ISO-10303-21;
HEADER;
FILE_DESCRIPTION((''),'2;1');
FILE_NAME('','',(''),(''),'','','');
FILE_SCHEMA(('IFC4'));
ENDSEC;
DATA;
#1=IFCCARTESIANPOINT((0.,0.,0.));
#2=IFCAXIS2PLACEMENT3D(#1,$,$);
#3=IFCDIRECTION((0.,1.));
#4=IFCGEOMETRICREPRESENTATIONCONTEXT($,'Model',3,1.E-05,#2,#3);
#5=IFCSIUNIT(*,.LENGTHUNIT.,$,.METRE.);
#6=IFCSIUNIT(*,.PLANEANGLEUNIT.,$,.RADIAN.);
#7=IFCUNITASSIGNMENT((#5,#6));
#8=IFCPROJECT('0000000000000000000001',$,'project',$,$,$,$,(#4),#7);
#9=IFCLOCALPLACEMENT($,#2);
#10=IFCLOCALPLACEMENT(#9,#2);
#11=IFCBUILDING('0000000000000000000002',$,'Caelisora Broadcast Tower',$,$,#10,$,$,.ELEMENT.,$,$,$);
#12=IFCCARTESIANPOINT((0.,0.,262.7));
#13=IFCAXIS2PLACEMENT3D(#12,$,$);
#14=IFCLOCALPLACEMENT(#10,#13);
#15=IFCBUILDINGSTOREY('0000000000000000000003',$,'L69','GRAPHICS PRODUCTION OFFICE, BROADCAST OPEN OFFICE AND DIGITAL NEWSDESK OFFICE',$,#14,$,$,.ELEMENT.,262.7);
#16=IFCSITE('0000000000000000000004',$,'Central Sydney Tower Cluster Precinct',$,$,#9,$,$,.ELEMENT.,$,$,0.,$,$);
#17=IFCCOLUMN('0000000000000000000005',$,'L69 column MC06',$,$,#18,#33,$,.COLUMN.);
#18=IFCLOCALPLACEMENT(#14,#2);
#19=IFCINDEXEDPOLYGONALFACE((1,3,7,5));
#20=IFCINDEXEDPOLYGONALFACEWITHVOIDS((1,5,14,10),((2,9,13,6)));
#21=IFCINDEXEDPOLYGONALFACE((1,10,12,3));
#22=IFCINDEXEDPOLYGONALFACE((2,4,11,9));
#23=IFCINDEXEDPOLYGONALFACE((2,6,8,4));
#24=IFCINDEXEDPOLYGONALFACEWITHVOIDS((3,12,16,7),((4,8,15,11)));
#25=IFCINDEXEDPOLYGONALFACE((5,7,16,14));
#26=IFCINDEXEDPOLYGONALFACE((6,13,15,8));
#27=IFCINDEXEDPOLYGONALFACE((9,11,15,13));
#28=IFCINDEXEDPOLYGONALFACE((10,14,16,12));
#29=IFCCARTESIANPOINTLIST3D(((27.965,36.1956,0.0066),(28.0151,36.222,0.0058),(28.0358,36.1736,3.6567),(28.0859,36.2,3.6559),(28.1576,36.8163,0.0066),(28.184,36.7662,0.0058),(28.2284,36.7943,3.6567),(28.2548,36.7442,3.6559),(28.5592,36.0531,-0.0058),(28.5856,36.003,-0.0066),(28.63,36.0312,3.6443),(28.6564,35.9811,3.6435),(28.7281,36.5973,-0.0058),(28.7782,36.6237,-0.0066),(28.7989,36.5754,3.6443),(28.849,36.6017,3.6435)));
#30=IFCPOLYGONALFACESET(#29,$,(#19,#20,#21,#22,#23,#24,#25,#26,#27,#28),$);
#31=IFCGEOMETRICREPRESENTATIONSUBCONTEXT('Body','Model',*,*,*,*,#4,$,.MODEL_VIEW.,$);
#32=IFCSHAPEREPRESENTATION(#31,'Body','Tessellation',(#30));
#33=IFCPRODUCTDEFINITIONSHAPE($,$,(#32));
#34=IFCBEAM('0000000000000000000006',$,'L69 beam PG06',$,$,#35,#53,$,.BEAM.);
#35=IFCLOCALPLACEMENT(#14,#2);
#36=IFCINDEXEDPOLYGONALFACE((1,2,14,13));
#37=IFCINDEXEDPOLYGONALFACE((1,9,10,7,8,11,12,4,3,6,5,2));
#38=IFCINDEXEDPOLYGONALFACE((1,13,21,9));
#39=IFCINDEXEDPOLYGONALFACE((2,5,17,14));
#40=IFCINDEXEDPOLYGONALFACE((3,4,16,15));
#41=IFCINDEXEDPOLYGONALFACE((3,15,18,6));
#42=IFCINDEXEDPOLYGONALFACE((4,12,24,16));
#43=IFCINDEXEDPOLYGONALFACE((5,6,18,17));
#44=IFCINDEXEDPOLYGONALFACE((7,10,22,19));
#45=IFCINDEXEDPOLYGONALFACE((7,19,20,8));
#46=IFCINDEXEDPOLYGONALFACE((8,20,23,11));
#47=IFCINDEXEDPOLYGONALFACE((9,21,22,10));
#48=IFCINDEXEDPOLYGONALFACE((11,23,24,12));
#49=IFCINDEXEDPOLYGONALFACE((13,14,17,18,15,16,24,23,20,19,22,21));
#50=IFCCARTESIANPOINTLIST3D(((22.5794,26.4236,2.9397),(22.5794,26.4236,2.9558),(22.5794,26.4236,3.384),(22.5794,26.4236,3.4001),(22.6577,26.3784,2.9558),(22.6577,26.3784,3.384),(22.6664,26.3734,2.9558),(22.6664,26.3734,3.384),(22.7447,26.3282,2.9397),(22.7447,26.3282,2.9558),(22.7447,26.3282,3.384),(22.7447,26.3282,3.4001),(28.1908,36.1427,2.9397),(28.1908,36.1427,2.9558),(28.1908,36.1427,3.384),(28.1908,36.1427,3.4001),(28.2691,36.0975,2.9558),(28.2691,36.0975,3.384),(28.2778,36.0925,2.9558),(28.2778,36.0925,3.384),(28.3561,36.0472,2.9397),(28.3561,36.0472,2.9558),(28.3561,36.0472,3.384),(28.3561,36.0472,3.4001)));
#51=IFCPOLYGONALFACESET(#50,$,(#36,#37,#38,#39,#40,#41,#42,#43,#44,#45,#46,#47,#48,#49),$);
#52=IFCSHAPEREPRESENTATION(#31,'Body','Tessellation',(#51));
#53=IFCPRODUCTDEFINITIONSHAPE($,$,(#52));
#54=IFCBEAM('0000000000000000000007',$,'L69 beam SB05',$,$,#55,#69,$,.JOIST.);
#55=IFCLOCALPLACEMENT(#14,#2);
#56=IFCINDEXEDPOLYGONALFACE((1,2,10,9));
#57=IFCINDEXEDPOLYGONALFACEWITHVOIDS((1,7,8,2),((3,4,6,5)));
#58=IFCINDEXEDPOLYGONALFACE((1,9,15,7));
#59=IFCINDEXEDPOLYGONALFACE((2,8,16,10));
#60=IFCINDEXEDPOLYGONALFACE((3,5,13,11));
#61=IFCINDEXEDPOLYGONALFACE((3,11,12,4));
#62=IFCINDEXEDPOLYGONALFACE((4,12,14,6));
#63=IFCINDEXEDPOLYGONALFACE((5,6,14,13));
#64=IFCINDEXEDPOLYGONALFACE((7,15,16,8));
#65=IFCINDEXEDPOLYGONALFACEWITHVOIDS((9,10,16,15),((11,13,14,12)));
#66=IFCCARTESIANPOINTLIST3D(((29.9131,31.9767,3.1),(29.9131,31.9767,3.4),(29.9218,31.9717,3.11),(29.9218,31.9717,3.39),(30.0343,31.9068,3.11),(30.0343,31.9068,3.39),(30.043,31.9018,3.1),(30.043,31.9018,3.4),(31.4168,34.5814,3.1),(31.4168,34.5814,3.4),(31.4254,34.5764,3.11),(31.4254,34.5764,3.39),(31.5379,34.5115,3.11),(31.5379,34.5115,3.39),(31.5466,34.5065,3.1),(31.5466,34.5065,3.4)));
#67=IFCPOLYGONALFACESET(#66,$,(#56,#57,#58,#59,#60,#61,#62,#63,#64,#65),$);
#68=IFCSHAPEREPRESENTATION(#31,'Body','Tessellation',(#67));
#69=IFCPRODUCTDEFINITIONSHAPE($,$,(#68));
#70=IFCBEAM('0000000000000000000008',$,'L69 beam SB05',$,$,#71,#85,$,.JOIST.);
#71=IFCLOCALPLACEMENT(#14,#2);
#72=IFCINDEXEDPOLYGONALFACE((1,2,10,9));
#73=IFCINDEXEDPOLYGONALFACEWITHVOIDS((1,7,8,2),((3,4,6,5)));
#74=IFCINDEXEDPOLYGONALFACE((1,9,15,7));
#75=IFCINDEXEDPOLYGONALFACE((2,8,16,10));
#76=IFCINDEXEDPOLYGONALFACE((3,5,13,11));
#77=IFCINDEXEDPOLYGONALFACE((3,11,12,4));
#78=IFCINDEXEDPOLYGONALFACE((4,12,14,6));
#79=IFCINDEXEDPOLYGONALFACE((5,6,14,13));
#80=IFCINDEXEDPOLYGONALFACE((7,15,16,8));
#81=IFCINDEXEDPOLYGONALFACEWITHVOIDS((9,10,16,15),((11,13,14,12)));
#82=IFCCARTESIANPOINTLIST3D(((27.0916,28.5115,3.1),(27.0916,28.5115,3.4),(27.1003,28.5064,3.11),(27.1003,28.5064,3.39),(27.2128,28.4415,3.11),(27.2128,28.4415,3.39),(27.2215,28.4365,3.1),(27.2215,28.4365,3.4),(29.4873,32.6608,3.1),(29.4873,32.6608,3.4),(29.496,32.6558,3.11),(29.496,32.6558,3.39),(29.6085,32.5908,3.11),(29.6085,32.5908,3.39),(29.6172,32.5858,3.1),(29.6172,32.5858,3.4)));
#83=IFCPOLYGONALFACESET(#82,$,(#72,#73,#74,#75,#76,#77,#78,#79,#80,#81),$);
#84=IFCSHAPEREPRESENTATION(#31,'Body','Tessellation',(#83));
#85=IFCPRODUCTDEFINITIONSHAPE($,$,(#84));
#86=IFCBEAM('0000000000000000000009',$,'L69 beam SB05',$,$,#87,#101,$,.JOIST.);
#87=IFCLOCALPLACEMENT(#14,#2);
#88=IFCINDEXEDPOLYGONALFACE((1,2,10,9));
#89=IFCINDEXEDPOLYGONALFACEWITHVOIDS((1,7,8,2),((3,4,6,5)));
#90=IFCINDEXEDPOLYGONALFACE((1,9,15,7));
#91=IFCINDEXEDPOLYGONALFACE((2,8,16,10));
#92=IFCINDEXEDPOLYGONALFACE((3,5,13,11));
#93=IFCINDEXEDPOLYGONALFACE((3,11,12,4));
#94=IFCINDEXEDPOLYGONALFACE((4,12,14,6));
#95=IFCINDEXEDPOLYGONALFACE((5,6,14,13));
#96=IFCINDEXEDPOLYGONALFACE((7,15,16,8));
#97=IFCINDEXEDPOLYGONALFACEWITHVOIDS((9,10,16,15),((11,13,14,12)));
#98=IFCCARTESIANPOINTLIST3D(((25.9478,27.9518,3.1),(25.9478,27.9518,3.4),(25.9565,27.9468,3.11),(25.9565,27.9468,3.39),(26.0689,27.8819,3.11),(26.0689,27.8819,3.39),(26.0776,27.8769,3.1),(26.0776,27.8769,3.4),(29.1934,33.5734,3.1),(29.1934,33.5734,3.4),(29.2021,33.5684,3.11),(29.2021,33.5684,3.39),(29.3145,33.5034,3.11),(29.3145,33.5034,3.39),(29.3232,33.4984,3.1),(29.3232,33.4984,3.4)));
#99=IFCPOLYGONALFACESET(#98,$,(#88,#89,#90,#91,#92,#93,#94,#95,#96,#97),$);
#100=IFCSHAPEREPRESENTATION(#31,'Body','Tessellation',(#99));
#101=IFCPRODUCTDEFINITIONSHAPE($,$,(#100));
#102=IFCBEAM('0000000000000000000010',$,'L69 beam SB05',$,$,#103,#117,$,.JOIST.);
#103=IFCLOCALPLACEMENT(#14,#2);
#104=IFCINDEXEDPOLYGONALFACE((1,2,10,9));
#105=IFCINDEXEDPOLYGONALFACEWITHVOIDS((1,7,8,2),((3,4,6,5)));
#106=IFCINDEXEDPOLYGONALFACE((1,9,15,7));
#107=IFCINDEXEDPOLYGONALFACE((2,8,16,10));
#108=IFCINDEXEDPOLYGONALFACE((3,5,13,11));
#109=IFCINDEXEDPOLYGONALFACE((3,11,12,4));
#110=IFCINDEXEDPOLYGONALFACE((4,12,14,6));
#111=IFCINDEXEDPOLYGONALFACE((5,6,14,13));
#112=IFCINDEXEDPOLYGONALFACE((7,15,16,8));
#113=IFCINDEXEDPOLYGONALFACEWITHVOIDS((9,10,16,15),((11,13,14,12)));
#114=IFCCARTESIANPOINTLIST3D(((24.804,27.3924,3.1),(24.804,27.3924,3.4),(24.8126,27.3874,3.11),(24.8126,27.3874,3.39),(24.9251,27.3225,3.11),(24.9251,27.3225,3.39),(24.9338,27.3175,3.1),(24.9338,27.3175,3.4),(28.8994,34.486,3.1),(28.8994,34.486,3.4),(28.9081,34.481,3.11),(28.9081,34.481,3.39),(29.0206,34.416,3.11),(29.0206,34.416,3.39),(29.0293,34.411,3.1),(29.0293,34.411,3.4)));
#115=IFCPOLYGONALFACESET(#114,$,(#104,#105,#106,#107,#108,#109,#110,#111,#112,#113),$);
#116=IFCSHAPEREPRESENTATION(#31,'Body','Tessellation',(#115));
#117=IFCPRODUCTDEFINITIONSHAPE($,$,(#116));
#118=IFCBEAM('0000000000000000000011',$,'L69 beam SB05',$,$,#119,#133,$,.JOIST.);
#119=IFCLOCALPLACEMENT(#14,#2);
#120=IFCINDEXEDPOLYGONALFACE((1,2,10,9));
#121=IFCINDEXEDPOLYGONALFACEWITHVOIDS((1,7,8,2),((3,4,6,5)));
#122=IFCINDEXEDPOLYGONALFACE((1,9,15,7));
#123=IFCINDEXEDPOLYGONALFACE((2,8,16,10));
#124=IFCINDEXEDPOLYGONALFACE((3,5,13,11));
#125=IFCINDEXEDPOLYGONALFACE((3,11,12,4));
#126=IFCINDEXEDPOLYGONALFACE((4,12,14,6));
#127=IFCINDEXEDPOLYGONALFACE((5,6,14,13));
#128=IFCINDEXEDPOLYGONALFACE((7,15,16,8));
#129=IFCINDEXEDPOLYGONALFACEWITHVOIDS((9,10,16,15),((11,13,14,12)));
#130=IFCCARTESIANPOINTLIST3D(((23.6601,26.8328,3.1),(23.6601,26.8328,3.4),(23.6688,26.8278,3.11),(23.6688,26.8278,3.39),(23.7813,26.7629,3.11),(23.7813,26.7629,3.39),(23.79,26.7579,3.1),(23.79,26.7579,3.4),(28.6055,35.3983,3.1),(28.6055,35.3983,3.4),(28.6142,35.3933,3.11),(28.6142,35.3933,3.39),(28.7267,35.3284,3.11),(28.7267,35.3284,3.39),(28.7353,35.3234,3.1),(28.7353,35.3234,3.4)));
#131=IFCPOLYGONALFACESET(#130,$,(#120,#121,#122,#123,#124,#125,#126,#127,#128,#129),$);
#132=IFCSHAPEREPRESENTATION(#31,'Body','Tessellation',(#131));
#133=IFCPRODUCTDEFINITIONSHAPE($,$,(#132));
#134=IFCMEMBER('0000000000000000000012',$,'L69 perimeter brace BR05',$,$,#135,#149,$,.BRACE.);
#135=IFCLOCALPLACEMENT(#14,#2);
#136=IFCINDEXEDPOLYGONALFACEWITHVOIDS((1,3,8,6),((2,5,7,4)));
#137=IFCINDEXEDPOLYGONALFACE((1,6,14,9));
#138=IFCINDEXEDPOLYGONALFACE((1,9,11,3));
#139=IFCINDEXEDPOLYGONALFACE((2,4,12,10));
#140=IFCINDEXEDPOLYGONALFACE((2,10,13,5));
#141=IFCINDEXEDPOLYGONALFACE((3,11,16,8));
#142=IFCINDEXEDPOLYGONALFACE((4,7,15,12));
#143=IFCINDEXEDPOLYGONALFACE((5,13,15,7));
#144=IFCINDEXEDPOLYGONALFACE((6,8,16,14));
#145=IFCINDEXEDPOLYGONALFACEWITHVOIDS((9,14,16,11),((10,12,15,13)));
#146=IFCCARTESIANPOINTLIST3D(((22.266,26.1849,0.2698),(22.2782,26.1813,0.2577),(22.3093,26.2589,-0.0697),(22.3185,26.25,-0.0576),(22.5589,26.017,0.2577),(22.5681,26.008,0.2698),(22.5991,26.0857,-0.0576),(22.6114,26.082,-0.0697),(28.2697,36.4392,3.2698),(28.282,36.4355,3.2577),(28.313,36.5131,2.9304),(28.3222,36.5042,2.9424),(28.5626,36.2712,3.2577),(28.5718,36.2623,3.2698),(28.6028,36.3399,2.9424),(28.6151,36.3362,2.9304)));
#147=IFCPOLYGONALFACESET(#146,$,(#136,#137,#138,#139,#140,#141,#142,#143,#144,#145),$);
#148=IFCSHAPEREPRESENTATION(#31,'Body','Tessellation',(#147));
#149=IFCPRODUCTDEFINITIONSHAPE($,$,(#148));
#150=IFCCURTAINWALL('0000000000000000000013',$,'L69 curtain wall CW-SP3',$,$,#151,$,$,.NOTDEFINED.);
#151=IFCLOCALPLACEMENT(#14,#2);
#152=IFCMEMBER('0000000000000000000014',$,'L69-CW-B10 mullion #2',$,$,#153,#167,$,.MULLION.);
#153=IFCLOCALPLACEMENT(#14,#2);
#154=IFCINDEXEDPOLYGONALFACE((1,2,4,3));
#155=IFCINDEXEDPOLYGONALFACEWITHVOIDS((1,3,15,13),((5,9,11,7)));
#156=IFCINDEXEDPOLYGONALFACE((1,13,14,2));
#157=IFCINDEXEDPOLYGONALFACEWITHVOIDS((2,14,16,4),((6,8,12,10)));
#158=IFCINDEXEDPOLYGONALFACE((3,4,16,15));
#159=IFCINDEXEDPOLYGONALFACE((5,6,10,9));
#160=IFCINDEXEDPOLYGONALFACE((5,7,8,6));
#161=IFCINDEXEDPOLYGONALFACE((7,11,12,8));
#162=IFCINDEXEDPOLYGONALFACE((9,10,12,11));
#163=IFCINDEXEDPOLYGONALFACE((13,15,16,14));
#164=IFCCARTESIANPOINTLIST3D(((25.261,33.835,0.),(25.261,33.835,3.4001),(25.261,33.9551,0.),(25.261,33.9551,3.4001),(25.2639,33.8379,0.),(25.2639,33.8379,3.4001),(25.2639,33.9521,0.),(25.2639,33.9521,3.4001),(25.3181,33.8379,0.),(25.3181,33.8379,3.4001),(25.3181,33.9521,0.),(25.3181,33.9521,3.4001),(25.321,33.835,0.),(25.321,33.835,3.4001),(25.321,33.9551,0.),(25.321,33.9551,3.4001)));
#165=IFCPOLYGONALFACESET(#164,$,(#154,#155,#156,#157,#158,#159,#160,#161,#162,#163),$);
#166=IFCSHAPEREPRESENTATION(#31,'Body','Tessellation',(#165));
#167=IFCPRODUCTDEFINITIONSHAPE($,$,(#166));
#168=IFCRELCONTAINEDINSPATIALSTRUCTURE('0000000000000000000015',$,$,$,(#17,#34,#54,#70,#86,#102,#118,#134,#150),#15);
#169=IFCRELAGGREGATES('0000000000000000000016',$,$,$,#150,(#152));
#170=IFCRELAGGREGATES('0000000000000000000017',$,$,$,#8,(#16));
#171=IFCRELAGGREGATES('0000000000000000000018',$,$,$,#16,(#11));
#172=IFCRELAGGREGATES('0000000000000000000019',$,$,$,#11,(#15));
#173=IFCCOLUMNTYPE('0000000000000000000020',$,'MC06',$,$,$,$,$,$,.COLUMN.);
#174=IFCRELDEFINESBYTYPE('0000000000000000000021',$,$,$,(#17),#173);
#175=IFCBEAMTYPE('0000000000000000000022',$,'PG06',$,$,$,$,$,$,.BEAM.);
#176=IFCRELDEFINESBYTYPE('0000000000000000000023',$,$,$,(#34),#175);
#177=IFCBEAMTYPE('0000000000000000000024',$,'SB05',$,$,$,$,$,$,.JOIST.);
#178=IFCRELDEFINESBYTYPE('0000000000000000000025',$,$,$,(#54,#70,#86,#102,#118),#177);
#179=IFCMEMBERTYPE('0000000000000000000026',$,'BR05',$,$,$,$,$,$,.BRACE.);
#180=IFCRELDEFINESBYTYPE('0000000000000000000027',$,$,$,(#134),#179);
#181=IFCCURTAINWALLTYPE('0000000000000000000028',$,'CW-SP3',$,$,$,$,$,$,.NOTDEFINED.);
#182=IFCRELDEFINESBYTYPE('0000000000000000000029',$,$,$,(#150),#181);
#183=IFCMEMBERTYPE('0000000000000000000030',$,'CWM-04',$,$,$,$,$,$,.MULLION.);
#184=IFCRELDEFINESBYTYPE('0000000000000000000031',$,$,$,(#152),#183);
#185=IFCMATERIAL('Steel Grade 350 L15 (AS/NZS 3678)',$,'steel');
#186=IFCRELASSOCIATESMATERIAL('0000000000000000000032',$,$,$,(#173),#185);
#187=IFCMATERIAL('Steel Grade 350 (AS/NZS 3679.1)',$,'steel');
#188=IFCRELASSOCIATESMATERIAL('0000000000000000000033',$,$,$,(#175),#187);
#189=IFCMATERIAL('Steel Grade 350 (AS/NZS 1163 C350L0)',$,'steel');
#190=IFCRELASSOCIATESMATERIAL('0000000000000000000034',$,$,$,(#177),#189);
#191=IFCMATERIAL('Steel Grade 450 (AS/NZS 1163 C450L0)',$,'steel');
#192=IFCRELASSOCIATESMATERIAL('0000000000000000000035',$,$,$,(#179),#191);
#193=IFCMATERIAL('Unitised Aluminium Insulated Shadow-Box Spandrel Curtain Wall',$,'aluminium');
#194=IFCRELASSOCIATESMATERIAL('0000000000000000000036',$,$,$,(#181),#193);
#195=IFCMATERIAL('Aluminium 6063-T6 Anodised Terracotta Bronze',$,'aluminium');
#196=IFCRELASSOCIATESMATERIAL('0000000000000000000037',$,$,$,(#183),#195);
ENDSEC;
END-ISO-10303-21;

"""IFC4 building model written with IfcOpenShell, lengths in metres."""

from ifc_helpers import new_model, si_unit, direction, frame, origin, origin_2d, place, context, subcontext, project, spatial, hollow_rectangle, i_section, extrude, source, transform, mapped, material, material_profile, profile_set, type_object, type_shapes, element, aggregate, save


model = new_model("IFC4")

# Units and contexts
model_context = context("Model", 3, precision=1e-05, world=origin(), true_north=direction((0.0, 1.0)))
body_context = subcontext(model_context, "Body", "Model", "MODEL_VIEW")
ifc_project = project(units=[si_unit("LENGTHUNIT", "METRE"), si_unit("PLANEANGLEUNIT", "RADIAN")], contexts=[model_context])

# Site, building, storey
site_placement = place(None, origin())
site = spatial("IfcSite", under=ifc_project, at=site_placement, Name="Central Sydney Tower Cluster Precinct", CompositionType="ELEMENT", RefElevation=0.0)
building_placement = place(site_placement, origin())
building = spatial("IfcBuilding", under=site, at=building_placement, Name="Caelisora Broadcast Tower", CompositionType="ELEMENT")
storey_placement = place(building_placement, frame((0.0, 0.0, 262.7)))
storey = spatial("IfcBuildingStorey", under=building, at=storey_placement, Name="L69", Description="GRAPHICS PRODUCTION OFFICE, BROADCAST OPEN OFFICE AND DIGITAL NEWSDESK OFFICE", CompositionType="ELEMENT", Elevation=262.7)

# Column
ifc_material_1 = material(Name="Steel Grade 350 L15 (AS/NZS 3678)", Category="steel")
ifc_material_profile_1 = material_profile(ifc_material_1, hollow_rectangle(XDim=0.6499, YDim=0.6499, WallThickness=0.04, at=origin_2d()), Name="Steel Grade 350 L15 (AS/NZS 3678)")
ifc_profile_set_1 = profile_set([ifc_material_profile_1], Name="Steel Grade 350 L15 (AS/NZS 3678)")
column_type = type_object("IfcColumnType", Name="MC06", PredefinedType="COLUMN", material=ifc_profile_set_1)
shared_shape_1 = source(origin(), body_context, "Body", "SweptSolid", [
    extrude(hollow_rectangle(XDim=0.6499, YDim=0.6499, WallThickness=0.04, at=origin_2d()), origin(), (0.0, 0.0, 1.0), 3.6509),
])
type_shapes(column_type, [shared_shape_1])
column_placement = place(storey_placement, frame((28.3716, 36.4097, 0.0), z_axis=(0.019393, -0.006018, 0.999794), x_axis=(0.296399, 0.955064, 0.0)))
element("IfcColumn", 1, at=column_placement, inside=storey, type_object=column_type, Name="L69 column MC06", PredefinedType="COLUMN", context=body_context, shape_type="MappedRepresentation", body=[
    mapped(shared_shape_1, transform((0.0, 0.0, 0.0), scale=1.0)),
])

# Beams
ifc_material_2 = material(Name="Steel Grade 350 (AS/NZS 3679.1)", Category="steel")
ifc_material_profile_2 = material_profile(ifc_material_2, i_section(OverallWidth=0.1909, OverallDepth=0.4604, WebThickness=0.01, FlangeThickness=0.0161, at=origin_2d()), Name="Steel Grade 350 (AS/NZS 3679.1)")
ifc_profile_set_2 = profile_set([ifc_material_profile_2], Name="Steel Grade 350 (AS/NZS 3679.1)")
beam_type_1 = type_object("IfcBeamType", Name="PG06", PredefinedType="BEAM", material=ifc_profile_set_2)
shared_shape_2 = source(origin(), body_context, "Body", "SweptSolid", [
    extrude(i_section(OverallWidth=0.1909, OverallDepth=0.4604, WebThickness=0.01, FlangeThickness=0.0161, at=origin_2d()), origin(), (0.0, 0.0, 1.0), 11.2227),
])
type_shapes(beam_type_1, [shared_shape_2])
beam_1_placement = place(storey_placement, frame((28.2734, 36.095, 3.1699), z_axis=(-0.500004, -0.866023, 0.0), x_axis=(0.866023, -0.500004, 0.0)))
element("IfcBeam", 2, at=beam_1_placement, inside=storey, type_object=beam_type_1, Name="L69 beam PG06", PredefinedType="BEAM", context=body_context, shape_type="MappedRepresentation", body=[
    mapped(shared_shape_2, transform((0.0, 0.0, 0.0), scale=1.0)),
])
ifc_material_3 = material(Name="Steel Grade 350 (AS/NZS 1163 C350L0)", Category="steel")
ifc_material_profile_3 = material_profile(ifc_material_3, hollow_rectangle(XDim=0.1499, YDim=0.3, WallThickness=0.01, at=origin_2d()), Name="Steel Grade 350 (AS/NZS 1163 C350L0)")
ifc_profile_set_3 = profile_set([ifc_material_profile_3], Name="Steel Grade 350 (AS/NZS 1163 C350L0)")
beam_type_2 = type_object("IfcBeamType", Name="SB05", PredefinedType="JOIST", material=ifc_profile_set_3)
shared_shape_3 = source(origin(), body_context, "Body", "SweptSolid", [
    extrude(hollow_rectangle(XDim=0.1499, YDim=0.3, WallThickness=0.01, at=origin_2d()), origin(), (0.0, 0.0, 1.0), 3.0076),
])
beam_2_placement = place(storey_placement, frame((31.4817, 34.5439, 3.25), z_axis=(-0.499954, -0.866052, 0.0), x_axis=(0.866052, -0.499954, 0.0)))
element("IfcBeam", 3, at=beam_2_placement, inside=storey, type_object=beam_type_2, Name="L69 beam SB05", PredefinedType="JOIST", context=body_context, shape_type="MappedRepresentation", body=[
    mapped(shared_shape_3, transform((0.0, 0.0, 0.0), scale=1.0)),
])
shared_shape_4 = source(origin(), body_context, "Body", "SweptSolid", [
    extrude(hollow_rectangle(XDim=0.1499, YDim=0.3, WallThickness=0.01, at=origin_2d()), origin(), (0.0, 0.0, 1.0), 4.7913),
])
beam_3_placement = place(storey_placement, frame((29.5522, 32.6233, 3.25), z_axis=(-0.500014, -0.866018, 0.0), x_axis=(0.866018, -0.500014, 0.0)))
element("IfcBeam", 4, at=beam_3_placement, inside=storey, type_object=beam_type_2, Name="L69 beam SB05", PredefinedType="JOIST", context=body_context, shape_type="MappedRepresentation", body=[
    mapped(shared_shape_4, transform((0.0, 0.0, 0.0), scale=1.0)),
])
shared_shape_5 = source(origin(), body_context, "Body", "SweptSolid", [
    extrude(hollow_rectangle(XDim=0.1499, YDim=0.3, WallThickness=0.01, at=origin_2d()), origin(), (0.0, 0.0, 1.0), 6.4912),
])
beam_4_placement = place(storey_placement, frame((29.2583, 33.5359, 3.25), z_axis=(-0.499998, -0.866026, 0.0), x_axis=(0.866026, -0.499998, 0.0)))
element("IfcBeam", 5, at=beam_4_placement, inside=storey, type_object=beam_type_2, Name="L69 beam SB05", PredefinedType="JOIST", context=body_context, shape_type="MappedRepresentation", body=[
    mapped(shared_shape_5, transform((0.0, 0.0, 0.0), scale=1.0)),
])
shared_shape_6 = source(origin(), body_context, "Body", "SweptSolid", [
    extrude(hollow_rectangle(XDim=0.1499, YDim=0.3, WallThickness=0.01, at=origin_2d()), origin(), (0.0, 0.0, 1.0), 8.1909),
])
beam_5_placement = place(storey_placement, frame((28.9644, 34.4485, 3.25), z_axis=(-0.500002, -0.866024, 0.0), x_axis=(0.866024, -0.500002, 0.0)))
element("IfcBeam", 6, at=beam_5_placement, inside=storey, type_object=beam_type_2, Name="L69 beam SB05", PredefinedType="JOIST", context=body_context, shape_type="MappedRepresentation", body=[
    mapped(shared_shape_6, transform((0.0, 0.0, 0.0), scale=1.0)),
])
shared_shape_7 = source(origin(), body_context, "Body", "SweptSolid", [
    extrude(hollow_rectangle(XDim=0.1499, YDim=0.3, WallThickness=0.01, at=origin_2d()), origin(), (0.0, 0.0, 1.0), 9.8906),
])
type_shapes(beam_type_2, [shared_shape_3, shared_shape_4, shared_shape_5, shared_shape_6, shared_shape_7])
beam_6_placement = place(storey_placement, frame((28.6704, 35.3608, 3.25), z_axis=(-0.500005, -0.866023, 0.0), x_axis=(0.866023, -0.500005, 0.0)))
element("IfcBeam", 7, at=beam_6_placement, inside=storey, type_object=beam_type_2, Name="L69 beam SB05", PredefinedType="JOIST", context=body_context, shape_type="MappedRepresentation", body=[
    mapped(shared_shape_7, transform((0.0, 0.0, 0.0), scale=1.0)),
])

# Member
ifc_material_4 = material(Name="Steel Grade 450 (AS/NZS 1163 C450L0)", Category="steel")
ifc_material_profile_4 = material_profile(ifc_material_4, hollow_rectangle(XDim=0.3501, YDim=0.3501, WallThickness=0.0125, at=origin_2d()), Name="Steel Grade 450 (AS/NZS 1163 C450L0)")
ifc_profile_set_4 = profile_set([ifc_material_profile_4], Name="Steel Grade 450 (AS/NZS 1163 C450L0)")
member_type_1 = type_object("IfcMemberType", Name="BR05", PredefinedType="BRACE", material=ifc_profile_set_4)
shared_shape_8 = source(origin(), body_context, "Body", "SweptSolid", [
    extrude(hollow_rectangle(XDim=0.3501, YDim=0.3501, WallThickness=0.0125, at=origin_2d()), origin(), (0.0, 0.0, 1.0), 12.2554),
])
type_shapes(member_type_1, [shared_shape_8])
member_1_placement = place(storey_placement, frame((28.4424, 36.3877, 3.1001), z_axis=(-0.489884, -0.836714, -0.244793), x_axis=(0.862969, -0.505256, 0.0)))
element("IfcMember", 8, at=member_1_placement, inside=storey, type_object=member_type_1, Name="L69 perimeter brace BR05", PredefinedType="BRACE", context=body_context, shape_type="MappedRepresentation", body=[
    mapped(shared_shape_8, transform((0.0, 0.0, 0.0), scale=1.0)),
])

# Curtain wall, member
ifc_material_5 = material(Name="Unitised Aluminium Insulated Shadow-Box Spandrel Curtain Wall", Category="aluminium")
curtain_wall_type = type_object("IfcCurtainWallType", Name="CW-SP3", PredefinedType="NOTDEFINED", material=ifc_material_5)
curtain_wall_placement = place(storey_placement, origin())
curtain_wall = element("IfcCurtainWall", 9, at=curtain_wall_placement, inside=storey, type_object=curtain_wall_type, Name="L69 curtain wall CW-SP3", PredefinedType="NOTDEFINED")
ifc_material_6 = material(Name="Aluminium 6063-T6 Anodised Terracotta Bronze", Category="aluminium")
ifc_material_profile_5 = material_profile(ifc_material_6, hollow_rectangle(XDim=0.0601, YDim=0.1201, WallThickness=0.0029, at=origin_2d()), Name="Aluminium 6063-T6 Anodised Terracotta Bronze")
ifc_profile_set_5 = profile_set([ifc_material_profile_5], Name="Aluminium 6063-T6 Anodised Terracotta Bronze")
member_type_2 = type_object("IfcMemberType", Name="CWM-04", PredefinedType="MULLION", material=ifc_profile_set_5)
shared_shape_9 = source(origin(), body_context, "Body", "SweptSolid", [
    extrude(hollow_rectangle(XDim=0.0601, YDim=0.1201, WallThickness=0.0029, at=origin_2d()), origin(), (0.0, 0.0, 1.0), 3.4001),
])
type_shapes(member_type_2, [shared_shape_9])
member_2_placement = place(storey_placement, frame((25.291, 33.895, 0.0), z_axis=(0.0, 0.0, 1.0), x_axis=(1.0, 0.0, 0.0)))
member_2 = element("IfcMember", 10, at=member_2_placement, type_object=member_type_2, Name="L69-CW-B10 mullion #2", PredefinedType="MULLION", context=body_context, shape_type="MappedRepresentation", body=[
    mapped(shared_shape_9, transform((0.0, 0.0, 0.0), scale=1.0)),
])

aggregate(curtain_wall, [member_2])

save(model, "model.ifc")
